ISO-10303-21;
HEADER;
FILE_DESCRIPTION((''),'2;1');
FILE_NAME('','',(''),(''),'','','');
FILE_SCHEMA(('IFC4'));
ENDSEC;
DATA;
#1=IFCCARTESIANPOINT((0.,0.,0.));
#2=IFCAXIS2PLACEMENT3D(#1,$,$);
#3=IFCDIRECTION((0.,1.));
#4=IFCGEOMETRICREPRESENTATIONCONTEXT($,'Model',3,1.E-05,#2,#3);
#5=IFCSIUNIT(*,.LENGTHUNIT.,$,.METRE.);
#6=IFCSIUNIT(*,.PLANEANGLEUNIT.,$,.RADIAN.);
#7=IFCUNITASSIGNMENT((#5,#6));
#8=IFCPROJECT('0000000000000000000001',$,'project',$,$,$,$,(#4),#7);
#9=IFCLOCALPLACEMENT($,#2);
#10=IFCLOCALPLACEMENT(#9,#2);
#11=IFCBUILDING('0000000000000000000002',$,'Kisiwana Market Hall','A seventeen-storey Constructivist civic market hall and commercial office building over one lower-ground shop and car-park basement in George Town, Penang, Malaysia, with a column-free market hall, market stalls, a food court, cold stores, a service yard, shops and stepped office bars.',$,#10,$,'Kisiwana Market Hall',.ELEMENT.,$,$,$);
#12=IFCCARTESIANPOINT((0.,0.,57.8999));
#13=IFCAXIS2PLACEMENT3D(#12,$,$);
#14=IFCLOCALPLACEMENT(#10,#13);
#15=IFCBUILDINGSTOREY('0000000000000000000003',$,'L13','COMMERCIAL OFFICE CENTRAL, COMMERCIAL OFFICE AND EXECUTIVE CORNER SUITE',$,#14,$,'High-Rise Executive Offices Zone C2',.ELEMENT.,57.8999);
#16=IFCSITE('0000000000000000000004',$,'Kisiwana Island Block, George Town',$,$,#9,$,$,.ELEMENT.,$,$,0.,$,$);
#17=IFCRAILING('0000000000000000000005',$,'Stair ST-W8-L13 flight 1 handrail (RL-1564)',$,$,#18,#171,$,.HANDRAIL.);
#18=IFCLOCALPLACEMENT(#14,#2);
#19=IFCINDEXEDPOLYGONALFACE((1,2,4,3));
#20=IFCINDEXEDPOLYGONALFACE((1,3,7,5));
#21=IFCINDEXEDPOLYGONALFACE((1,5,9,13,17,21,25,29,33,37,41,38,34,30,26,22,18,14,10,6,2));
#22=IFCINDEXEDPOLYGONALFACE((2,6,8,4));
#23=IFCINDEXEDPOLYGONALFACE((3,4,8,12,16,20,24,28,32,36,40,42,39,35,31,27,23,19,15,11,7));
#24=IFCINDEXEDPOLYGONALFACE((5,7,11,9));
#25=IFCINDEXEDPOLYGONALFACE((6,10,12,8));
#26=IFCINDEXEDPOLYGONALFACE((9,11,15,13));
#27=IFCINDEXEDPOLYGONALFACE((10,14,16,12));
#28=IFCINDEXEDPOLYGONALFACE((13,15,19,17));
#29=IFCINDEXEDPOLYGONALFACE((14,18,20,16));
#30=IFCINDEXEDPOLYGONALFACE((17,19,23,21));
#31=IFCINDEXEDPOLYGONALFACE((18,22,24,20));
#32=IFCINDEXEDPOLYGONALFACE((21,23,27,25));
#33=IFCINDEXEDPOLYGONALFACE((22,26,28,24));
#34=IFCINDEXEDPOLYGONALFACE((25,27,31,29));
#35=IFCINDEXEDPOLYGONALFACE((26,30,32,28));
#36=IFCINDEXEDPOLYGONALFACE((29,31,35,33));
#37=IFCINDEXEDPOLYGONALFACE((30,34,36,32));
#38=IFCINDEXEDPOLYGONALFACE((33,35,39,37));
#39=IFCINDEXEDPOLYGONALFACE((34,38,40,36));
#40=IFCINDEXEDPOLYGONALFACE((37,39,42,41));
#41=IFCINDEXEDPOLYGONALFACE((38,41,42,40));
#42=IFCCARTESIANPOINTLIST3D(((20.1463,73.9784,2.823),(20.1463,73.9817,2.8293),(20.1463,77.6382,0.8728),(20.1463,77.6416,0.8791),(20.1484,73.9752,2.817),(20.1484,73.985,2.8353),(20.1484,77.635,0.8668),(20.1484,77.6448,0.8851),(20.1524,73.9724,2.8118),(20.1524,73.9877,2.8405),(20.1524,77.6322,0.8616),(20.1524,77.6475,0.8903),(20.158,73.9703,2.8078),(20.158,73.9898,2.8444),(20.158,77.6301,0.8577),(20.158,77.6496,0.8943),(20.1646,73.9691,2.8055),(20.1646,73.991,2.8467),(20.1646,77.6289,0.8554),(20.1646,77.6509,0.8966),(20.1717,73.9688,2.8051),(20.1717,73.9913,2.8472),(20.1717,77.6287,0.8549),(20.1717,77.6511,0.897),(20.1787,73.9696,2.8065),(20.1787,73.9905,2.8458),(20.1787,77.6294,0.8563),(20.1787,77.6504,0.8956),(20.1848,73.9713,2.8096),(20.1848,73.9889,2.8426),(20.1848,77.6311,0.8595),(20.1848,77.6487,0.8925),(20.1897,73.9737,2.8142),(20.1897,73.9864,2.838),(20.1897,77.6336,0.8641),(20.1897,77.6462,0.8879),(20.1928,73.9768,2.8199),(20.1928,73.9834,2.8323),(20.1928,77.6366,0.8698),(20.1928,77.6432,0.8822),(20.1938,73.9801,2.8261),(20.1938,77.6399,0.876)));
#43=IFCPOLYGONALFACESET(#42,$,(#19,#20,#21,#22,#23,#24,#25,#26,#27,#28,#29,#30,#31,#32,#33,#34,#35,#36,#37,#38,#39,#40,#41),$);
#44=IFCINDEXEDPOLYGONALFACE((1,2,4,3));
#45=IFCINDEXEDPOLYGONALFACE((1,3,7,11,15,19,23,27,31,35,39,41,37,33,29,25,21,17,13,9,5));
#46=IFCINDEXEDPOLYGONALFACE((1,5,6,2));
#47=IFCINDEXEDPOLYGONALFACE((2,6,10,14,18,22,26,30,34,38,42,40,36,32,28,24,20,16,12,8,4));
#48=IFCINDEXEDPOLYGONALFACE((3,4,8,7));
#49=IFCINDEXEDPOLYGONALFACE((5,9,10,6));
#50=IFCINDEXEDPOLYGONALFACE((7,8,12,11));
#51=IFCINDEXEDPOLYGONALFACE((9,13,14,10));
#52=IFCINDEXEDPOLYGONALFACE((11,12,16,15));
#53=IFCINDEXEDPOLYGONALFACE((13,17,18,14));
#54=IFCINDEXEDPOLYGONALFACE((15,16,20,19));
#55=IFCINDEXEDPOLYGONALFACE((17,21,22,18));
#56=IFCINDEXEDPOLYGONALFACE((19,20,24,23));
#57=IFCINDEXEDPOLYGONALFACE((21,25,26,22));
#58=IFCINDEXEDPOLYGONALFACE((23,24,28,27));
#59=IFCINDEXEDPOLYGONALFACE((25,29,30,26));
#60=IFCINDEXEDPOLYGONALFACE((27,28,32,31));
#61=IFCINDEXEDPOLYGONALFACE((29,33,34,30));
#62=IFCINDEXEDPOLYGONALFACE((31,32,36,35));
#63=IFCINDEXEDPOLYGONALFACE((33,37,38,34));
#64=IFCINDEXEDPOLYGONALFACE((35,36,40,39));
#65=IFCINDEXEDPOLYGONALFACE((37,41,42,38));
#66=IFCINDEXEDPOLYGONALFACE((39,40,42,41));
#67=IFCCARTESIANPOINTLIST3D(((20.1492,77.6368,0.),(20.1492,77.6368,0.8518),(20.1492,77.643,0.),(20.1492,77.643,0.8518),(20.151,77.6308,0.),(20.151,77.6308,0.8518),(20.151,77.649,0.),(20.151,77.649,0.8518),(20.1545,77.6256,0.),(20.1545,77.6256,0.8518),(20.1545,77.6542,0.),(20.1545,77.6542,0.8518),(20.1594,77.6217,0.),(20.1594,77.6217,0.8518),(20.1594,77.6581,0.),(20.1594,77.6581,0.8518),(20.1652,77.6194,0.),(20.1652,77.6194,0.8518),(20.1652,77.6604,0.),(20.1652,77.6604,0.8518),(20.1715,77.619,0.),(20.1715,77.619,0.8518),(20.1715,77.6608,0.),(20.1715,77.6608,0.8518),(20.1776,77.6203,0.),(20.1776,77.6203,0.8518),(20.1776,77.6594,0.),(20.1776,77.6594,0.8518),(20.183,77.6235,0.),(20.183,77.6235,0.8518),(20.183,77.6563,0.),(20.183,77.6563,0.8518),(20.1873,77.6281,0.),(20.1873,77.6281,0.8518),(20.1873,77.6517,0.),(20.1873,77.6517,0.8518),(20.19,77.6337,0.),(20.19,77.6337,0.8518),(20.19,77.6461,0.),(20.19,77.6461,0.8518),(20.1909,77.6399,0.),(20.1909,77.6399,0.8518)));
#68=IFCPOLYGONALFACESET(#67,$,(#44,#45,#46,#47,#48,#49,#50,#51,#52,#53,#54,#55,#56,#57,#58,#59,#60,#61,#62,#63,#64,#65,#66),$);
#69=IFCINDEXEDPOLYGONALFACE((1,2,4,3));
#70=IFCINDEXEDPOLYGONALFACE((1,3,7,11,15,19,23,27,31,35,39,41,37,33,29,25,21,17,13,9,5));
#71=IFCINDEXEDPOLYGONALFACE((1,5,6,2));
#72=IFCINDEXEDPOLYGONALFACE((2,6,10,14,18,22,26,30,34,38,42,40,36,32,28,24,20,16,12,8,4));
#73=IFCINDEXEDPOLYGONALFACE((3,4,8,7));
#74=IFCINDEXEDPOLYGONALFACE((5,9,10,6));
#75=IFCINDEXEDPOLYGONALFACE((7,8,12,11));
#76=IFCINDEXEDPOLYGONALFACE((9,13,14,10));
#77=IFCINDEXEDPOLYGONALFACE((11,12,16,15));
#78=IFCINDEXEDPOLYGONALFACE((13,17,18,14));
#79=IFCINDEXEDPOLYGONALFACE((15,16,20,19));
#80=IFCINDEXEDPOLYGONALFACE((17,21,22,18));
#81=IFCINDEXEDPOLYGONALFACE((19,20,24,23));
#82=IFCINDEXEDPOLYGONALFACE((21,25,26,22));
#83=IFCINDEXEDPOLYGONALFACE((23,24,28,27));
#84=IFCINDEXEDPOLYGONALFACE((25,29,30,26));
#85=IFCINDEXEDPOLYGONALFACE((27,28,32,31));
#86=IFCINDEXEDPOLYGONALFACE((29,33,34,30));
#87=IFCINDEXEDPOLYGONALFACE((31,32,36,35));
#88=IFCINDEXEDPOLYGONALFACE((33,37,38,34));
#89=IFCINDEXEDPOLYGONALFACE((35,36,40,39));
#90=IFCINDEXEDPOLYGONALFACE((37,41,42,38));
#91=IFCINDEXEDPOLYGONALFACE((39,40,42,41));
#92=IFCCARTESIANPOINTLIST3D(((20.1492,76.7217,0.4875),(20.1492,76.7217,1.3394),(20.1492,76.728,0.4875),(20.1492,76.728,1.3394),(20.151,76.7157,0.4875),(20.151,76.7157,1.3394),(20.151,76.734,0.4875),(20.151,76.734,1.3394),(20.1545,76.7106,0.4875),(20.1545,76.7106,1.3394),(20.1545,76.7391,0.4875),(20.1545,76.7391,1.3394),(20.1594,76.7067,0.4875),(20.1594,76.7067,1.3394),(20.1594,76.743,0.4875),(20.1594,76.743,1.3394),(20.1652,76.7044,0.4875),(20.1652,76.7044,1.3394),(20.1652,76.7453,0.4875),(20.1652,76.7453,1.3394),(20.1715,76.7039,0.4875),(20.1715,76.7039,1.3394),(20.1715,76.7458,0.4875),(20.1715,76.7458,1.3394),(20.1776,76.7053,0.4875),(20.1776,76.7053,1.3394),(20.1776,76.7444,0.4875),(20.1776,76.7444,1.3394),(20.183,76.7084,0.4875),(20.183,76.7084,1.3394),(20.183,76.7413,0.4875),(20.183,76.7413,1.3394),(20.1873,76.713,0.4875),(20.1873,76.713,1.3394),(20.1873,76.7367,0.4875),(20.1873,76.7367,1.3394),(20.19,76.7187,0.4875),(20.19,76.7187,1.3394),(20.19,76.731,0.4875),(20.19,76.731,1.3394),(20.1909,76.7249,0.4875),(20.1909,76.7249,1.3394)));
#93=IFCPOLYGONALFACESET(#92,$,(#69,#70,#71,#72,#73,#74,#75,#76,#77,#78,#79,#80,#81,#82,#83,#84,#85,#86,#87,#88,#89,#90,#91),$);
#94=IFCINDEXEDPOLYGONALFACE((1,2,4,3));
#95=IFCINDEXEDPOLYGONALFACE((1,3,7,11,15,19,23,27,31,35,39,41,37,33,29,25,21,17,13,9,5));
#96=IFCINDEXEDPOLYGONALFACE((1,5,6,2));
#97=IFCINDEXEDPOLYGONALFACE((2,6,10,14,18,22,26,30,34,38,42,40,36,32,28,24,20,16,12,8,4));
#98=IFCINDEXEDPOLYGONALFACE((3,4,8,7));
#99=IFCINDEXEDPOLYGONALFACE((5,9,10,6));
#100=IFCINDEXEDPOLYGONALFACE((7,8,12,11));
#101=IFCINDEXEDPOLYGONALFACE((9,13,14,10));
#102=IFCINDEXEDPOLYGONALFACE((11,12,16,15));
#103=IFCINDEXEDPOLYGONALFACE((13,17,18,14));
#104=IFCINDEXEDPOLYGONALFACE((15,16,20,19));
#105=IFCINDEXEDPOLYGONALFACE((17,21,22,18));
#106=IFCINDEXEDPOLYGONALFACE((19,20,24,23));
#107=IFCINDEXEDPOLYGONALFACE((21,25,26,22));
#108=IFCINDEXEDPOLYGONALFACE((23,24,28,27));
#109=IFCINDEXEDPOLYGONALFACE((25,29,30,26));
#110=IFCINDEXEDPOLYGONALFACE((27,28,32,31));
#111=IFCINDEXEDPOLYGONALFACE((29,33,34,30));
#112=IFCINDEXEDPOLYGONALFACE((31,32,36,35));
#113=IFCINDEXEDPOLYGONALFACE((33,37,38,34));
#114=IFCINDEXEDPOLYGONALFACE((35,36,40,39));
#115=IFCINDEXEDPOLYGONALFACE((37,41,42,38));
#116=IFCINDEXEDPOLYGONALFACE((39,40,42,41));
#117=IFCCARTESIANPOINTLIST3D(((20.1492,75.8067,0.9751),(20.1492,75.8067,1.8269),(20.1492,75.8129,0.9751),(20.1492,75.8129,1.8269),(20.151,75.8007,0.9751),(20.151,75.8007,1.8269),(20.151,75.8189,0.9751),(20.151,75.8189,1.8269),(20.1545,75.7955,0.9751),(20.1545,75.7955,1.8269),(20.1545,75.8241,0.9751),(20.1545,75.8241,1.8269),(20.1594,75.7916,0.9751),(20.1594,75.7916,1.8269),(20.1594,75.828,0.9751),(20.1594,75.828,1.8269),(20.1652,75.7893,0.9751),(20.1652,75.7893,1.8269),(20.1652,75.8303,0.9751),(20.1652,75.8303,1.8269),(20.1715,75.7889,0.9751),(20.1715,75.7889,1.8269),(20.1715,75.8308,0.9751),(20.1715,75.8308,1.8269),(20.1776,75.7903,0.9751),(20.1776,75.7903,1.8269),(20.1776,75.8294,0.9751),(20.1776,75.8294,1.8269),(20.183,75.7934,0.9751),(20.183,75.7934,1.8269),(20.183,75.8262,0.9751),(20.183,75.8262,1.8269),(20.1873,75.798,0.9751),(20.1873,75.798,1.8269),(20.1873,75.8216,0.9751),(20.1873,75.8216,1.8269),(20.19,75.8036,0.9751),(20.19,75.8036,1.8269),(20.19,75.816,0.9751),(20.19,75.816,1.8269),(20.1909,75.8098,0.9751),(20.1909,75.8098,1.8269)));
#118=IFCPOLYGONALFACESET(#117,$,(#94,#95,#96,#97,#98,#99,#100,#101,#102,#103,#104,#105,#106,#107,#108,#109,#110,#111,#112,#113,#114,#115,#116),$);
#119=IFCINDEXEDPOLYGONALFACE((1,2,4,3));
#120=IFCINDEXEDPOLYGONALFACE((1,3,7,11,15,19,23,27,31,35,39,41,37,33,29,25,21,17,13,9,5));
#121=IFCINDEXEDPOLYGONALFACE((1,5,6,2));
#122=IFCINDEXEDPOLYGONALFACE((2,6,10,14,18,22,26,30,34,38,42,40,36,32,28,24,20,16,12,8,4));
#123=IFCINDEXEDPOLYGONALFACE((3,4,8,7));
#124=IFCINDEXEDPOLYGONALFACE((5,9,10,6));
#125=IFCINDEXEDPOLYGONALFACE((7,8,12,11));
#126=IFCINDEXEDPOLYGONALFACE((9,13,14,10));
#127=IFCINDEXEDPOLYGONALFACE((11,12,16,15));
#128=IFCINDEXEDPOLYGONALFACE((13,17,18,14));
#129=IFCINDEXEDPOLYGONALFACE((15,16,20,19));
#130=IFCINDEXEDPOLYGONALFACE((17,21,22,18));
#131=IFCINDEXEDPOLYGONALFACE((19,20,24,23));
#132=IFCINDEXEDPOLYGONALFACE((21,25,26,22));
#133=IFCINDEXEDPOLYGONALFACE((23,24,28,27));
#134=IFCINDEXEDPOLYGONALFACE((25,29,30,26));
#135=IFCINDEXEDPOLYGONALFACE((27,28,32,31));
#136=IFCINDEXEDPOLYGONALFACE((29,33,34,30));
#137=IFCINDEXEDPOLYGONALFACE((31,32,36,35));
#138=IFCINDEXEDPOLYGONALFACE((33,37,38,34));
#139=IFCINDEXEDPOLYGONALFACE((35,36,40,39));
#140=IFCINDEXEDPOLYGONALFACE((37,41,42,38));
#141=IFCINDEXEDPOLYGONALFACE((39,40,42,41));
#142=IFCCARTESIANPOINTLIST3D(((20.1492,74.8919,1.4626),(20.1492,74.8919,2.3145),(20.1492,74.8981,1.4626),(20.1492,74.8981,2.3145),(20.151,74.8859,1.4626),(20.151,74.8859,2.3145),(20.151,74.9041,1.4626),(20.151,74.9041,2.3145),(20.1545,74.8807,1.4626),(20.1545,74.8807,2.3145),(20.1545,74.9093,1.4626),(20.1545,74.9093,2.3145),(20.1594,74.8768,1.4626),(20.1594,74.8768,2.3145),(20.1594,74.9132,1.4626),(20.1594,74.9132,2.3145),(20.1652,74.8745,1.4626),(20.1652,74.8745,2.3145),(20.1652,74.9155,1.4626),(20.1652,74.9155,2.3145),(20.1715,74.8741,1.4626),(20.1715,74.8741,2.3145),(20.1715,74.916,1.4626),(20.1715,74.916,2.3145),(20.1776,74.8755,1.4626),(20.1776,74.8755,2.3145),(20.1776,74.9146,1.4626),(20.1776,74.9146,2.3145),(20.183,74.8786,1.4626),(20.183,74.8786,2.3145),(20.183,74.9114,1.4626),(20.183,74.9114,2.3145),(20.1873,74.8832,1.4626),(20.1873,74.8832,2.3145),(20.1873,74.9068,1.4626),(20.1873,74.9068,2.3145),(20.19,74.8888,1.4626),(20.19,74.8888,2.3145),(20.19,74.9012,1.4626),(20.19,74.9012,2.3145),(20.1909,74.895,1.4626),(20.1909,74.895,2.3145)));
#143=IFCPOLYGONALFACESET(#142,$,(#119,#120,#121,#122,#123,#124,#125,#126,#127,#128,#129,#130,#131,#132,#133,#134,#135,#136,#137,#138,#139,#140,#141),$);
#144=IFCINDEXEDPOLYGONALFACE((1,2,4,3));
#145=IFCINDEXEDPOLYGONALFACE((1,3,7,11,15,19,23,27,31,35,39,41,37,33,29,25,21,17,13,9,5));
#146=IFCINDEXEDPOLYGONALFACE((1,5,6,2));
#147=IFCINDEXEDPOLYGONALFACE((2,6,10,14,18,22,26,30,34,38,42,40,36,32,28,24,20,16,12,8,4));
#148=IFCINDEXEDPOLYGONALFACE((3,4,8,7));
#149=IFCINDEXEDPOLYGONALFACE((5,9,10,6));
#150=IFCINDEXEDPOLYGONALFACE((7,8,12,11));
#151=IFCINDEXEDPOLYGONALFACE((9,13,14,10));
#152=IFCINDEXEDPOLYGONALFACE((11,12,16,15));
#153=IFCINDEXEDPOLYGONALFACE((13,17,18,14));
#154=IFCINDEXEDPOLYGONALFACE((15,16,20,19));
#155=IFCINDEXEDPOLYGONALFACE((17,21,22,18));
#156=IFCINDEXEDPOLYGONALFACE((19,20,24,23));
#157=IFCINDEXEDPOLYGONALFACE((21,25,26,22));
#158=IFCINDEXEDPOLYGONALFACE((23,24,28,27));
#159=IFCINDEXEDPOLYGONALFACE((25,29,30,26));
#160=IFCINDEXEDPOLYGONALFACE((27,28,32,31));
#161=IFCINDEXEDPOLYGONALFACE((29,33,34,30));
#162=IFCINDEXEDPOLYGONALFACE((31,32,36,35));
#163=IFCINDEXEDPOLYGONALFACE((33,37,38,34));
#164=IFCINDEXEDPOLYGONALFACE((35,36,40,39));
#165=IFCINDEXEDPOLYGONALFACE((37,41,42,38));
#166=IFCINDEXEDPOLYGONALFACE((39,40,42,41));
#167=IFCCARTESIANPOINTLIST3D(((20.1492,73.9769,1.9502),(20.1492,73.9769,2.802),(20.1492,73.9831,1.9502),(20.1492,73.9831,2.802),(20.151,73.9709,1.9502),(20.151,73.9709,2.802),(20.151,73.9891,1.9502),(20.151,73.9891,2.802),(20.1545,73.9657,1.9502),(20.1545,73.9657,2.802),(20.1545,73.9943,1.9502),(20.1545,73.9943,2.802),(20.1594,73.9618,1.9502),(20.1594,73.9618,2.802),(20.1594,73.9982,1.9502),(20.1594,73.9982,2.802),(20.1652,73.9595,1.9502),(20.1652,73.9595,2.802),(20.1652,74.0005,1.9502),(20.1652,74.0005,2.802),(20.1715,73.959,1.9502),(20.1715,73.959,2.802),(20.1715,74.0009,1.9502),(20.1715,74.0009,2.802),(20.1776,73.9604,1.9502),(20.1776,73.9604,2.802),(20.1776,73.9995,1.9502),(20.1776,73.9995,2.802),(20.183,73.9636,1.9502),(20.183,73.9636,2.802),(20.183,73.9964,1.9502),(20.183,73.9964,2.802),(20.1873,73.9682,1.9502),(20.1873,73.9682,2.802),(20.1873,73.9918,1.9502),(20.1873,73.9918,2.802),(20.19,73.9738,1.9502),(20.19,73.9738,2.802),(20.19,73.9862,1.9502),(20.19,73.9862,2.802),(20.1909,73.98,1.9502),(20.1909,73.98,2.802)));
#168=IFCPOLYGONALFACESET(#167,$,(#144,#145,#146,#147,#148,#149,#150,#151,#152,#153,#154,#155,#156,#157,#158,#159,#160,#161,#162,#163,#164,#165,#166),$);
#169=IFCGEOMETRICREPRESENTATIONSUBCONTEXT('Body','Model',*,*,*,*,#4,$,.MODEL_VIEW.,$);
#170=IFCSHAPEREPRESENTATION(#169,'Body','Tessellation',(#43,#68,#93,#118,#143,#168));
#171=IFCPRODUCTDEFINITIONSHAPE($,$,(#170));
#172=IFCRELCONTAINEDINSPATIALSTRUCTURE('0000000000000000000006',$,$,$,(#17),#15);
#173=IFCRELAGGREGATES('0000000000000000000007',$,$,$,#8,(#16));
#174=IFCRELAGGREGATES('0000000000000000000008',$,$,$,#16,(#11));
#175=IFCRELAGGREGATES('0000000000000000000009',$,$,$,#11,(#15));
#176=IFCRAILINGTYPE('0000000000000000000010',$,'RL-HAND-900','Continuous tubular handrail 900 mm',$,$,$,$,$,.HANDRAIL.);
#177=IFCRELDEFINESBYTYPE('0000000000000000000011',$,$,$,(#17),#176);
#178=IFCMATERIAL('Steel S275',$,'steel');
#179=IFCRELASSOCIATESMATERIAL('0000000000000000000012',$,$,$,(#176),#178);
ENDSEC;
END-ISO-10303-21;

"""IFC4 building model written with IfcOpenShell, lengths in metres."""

from ifc_helpers import new_model, si_unit, direction, frame, origin, origin_2d, place, context, subcontext, project, spatial, circle, extrude, material, type_object, element, save


model = new_model("IFC4")

# Units and contexts
model_context = context("Model", 3, precision=1e-05, world=origin(), true_north=direction((0.0, 1.0)))
body_context = subcontext(model_context, "Body", "Model", "MODEL_VIEW")
ifc_project = project(units=[si_unit("LENGTHUNIT", "METRE"), si_unit("PLANEANGLEUNIT", "RADIAN")], contexts=[model_context])

# Site, building, storey
site_placement = place(None, origin())
site = spatial("IfcSite", under=ifc_project, at=site_placement, Name="Kisiwana Island Block, George Town", CompositionType="ELEMENT", RefElevation=0.0)
building_placement = place(site_placement, origin())
building = spatial("IfcBuilding", under=site, at=building_placement, Name="Kisiwana Market Hall", Description="A seventeen-storey Constructivist civic market hall and commercial office building over one lower-ground shop and car-park basement in George Town, Penang, Malaysia, with a column-free market hall, market stalls, a food court, cold stores, a service yard, shops and stepped office bars.", LongName="Kisiwana Market Hall", CompositionType="ELEMENT")
storey_placement = place(building_placement, frame((0.0, 0.0, 57.8999)))
storey = spatial("IfcBuildingStorey", under=building, at=storey_placement, Name="L13", Description="COMMERCIAL OFFICE CENTRAL, COMMERCIAL OFFICE AND EXECUTIVE CORNER SUITE", LongName="High-Rise Executive Offices Zone C2", CompositionType="ELEMENT", Elevation=57.8999)

# Railing
ifc_material_1 = material(Name="Steel S275", Category="steel")
railing_type_1 = type_object("IfcRailingType", Name="RL-HAND-900", Description="Continuous tubular handrail 900 mm", PredefinedType="HANDRAIL", material=ifc_material_1)
for number, where, name in (
    (1, (20.1699, 77.6399, 0.0), "Stair ST-W8-L13 flight 1 handrail (RL-1564)"),
):
    element("IfcRailing", number, at=place(storey_placement, frame(where)), inside=storey, type_object=railing_type_1, Name=name, PredefinedType="HANDRAIL", context=body_context, shape_type="SweptSolid", body=[
        extrude(circle(Radius=0.0239, at=origin_2d()), frame((0.0, 0.0, 0.876), z_axis=(0.0, -0.882529, 0.470258), x_axis=(1.0, 0.0, 0.0)), (0.0, 0.0, 1.0), 4.147),
        extrude(circle(Radius=0.021, at=origin_2d()), origin(), (0.0, 0.0, 1.0), 0.8518),
        extrude(circle(Radius=0.021, at=origin_2d()), frame((0.0, -0.915, 0.4875)), (0.0, 0.0, 1.0), 0.8518),
        extrude(circle(Radius=0.021, at=origin_2d()), frame((0.0, -1.8301, 0.9751)), (0.0, 0.0, 1.0), 0.8518),
        extrude(circle(Radius=0.021, at=origin_2d()), frame((0.0, -2.7449, 1.4626)), (0.0, 0.0, 1.0), 0.8518),
        extrude(circle(Radius=0.021, at=origin_2d()), frame((0.0, -3.6599, 1.9502)), (0.0, 0.0, 1.0), 0.8518),
    ])

save(model, "model.ifc")
